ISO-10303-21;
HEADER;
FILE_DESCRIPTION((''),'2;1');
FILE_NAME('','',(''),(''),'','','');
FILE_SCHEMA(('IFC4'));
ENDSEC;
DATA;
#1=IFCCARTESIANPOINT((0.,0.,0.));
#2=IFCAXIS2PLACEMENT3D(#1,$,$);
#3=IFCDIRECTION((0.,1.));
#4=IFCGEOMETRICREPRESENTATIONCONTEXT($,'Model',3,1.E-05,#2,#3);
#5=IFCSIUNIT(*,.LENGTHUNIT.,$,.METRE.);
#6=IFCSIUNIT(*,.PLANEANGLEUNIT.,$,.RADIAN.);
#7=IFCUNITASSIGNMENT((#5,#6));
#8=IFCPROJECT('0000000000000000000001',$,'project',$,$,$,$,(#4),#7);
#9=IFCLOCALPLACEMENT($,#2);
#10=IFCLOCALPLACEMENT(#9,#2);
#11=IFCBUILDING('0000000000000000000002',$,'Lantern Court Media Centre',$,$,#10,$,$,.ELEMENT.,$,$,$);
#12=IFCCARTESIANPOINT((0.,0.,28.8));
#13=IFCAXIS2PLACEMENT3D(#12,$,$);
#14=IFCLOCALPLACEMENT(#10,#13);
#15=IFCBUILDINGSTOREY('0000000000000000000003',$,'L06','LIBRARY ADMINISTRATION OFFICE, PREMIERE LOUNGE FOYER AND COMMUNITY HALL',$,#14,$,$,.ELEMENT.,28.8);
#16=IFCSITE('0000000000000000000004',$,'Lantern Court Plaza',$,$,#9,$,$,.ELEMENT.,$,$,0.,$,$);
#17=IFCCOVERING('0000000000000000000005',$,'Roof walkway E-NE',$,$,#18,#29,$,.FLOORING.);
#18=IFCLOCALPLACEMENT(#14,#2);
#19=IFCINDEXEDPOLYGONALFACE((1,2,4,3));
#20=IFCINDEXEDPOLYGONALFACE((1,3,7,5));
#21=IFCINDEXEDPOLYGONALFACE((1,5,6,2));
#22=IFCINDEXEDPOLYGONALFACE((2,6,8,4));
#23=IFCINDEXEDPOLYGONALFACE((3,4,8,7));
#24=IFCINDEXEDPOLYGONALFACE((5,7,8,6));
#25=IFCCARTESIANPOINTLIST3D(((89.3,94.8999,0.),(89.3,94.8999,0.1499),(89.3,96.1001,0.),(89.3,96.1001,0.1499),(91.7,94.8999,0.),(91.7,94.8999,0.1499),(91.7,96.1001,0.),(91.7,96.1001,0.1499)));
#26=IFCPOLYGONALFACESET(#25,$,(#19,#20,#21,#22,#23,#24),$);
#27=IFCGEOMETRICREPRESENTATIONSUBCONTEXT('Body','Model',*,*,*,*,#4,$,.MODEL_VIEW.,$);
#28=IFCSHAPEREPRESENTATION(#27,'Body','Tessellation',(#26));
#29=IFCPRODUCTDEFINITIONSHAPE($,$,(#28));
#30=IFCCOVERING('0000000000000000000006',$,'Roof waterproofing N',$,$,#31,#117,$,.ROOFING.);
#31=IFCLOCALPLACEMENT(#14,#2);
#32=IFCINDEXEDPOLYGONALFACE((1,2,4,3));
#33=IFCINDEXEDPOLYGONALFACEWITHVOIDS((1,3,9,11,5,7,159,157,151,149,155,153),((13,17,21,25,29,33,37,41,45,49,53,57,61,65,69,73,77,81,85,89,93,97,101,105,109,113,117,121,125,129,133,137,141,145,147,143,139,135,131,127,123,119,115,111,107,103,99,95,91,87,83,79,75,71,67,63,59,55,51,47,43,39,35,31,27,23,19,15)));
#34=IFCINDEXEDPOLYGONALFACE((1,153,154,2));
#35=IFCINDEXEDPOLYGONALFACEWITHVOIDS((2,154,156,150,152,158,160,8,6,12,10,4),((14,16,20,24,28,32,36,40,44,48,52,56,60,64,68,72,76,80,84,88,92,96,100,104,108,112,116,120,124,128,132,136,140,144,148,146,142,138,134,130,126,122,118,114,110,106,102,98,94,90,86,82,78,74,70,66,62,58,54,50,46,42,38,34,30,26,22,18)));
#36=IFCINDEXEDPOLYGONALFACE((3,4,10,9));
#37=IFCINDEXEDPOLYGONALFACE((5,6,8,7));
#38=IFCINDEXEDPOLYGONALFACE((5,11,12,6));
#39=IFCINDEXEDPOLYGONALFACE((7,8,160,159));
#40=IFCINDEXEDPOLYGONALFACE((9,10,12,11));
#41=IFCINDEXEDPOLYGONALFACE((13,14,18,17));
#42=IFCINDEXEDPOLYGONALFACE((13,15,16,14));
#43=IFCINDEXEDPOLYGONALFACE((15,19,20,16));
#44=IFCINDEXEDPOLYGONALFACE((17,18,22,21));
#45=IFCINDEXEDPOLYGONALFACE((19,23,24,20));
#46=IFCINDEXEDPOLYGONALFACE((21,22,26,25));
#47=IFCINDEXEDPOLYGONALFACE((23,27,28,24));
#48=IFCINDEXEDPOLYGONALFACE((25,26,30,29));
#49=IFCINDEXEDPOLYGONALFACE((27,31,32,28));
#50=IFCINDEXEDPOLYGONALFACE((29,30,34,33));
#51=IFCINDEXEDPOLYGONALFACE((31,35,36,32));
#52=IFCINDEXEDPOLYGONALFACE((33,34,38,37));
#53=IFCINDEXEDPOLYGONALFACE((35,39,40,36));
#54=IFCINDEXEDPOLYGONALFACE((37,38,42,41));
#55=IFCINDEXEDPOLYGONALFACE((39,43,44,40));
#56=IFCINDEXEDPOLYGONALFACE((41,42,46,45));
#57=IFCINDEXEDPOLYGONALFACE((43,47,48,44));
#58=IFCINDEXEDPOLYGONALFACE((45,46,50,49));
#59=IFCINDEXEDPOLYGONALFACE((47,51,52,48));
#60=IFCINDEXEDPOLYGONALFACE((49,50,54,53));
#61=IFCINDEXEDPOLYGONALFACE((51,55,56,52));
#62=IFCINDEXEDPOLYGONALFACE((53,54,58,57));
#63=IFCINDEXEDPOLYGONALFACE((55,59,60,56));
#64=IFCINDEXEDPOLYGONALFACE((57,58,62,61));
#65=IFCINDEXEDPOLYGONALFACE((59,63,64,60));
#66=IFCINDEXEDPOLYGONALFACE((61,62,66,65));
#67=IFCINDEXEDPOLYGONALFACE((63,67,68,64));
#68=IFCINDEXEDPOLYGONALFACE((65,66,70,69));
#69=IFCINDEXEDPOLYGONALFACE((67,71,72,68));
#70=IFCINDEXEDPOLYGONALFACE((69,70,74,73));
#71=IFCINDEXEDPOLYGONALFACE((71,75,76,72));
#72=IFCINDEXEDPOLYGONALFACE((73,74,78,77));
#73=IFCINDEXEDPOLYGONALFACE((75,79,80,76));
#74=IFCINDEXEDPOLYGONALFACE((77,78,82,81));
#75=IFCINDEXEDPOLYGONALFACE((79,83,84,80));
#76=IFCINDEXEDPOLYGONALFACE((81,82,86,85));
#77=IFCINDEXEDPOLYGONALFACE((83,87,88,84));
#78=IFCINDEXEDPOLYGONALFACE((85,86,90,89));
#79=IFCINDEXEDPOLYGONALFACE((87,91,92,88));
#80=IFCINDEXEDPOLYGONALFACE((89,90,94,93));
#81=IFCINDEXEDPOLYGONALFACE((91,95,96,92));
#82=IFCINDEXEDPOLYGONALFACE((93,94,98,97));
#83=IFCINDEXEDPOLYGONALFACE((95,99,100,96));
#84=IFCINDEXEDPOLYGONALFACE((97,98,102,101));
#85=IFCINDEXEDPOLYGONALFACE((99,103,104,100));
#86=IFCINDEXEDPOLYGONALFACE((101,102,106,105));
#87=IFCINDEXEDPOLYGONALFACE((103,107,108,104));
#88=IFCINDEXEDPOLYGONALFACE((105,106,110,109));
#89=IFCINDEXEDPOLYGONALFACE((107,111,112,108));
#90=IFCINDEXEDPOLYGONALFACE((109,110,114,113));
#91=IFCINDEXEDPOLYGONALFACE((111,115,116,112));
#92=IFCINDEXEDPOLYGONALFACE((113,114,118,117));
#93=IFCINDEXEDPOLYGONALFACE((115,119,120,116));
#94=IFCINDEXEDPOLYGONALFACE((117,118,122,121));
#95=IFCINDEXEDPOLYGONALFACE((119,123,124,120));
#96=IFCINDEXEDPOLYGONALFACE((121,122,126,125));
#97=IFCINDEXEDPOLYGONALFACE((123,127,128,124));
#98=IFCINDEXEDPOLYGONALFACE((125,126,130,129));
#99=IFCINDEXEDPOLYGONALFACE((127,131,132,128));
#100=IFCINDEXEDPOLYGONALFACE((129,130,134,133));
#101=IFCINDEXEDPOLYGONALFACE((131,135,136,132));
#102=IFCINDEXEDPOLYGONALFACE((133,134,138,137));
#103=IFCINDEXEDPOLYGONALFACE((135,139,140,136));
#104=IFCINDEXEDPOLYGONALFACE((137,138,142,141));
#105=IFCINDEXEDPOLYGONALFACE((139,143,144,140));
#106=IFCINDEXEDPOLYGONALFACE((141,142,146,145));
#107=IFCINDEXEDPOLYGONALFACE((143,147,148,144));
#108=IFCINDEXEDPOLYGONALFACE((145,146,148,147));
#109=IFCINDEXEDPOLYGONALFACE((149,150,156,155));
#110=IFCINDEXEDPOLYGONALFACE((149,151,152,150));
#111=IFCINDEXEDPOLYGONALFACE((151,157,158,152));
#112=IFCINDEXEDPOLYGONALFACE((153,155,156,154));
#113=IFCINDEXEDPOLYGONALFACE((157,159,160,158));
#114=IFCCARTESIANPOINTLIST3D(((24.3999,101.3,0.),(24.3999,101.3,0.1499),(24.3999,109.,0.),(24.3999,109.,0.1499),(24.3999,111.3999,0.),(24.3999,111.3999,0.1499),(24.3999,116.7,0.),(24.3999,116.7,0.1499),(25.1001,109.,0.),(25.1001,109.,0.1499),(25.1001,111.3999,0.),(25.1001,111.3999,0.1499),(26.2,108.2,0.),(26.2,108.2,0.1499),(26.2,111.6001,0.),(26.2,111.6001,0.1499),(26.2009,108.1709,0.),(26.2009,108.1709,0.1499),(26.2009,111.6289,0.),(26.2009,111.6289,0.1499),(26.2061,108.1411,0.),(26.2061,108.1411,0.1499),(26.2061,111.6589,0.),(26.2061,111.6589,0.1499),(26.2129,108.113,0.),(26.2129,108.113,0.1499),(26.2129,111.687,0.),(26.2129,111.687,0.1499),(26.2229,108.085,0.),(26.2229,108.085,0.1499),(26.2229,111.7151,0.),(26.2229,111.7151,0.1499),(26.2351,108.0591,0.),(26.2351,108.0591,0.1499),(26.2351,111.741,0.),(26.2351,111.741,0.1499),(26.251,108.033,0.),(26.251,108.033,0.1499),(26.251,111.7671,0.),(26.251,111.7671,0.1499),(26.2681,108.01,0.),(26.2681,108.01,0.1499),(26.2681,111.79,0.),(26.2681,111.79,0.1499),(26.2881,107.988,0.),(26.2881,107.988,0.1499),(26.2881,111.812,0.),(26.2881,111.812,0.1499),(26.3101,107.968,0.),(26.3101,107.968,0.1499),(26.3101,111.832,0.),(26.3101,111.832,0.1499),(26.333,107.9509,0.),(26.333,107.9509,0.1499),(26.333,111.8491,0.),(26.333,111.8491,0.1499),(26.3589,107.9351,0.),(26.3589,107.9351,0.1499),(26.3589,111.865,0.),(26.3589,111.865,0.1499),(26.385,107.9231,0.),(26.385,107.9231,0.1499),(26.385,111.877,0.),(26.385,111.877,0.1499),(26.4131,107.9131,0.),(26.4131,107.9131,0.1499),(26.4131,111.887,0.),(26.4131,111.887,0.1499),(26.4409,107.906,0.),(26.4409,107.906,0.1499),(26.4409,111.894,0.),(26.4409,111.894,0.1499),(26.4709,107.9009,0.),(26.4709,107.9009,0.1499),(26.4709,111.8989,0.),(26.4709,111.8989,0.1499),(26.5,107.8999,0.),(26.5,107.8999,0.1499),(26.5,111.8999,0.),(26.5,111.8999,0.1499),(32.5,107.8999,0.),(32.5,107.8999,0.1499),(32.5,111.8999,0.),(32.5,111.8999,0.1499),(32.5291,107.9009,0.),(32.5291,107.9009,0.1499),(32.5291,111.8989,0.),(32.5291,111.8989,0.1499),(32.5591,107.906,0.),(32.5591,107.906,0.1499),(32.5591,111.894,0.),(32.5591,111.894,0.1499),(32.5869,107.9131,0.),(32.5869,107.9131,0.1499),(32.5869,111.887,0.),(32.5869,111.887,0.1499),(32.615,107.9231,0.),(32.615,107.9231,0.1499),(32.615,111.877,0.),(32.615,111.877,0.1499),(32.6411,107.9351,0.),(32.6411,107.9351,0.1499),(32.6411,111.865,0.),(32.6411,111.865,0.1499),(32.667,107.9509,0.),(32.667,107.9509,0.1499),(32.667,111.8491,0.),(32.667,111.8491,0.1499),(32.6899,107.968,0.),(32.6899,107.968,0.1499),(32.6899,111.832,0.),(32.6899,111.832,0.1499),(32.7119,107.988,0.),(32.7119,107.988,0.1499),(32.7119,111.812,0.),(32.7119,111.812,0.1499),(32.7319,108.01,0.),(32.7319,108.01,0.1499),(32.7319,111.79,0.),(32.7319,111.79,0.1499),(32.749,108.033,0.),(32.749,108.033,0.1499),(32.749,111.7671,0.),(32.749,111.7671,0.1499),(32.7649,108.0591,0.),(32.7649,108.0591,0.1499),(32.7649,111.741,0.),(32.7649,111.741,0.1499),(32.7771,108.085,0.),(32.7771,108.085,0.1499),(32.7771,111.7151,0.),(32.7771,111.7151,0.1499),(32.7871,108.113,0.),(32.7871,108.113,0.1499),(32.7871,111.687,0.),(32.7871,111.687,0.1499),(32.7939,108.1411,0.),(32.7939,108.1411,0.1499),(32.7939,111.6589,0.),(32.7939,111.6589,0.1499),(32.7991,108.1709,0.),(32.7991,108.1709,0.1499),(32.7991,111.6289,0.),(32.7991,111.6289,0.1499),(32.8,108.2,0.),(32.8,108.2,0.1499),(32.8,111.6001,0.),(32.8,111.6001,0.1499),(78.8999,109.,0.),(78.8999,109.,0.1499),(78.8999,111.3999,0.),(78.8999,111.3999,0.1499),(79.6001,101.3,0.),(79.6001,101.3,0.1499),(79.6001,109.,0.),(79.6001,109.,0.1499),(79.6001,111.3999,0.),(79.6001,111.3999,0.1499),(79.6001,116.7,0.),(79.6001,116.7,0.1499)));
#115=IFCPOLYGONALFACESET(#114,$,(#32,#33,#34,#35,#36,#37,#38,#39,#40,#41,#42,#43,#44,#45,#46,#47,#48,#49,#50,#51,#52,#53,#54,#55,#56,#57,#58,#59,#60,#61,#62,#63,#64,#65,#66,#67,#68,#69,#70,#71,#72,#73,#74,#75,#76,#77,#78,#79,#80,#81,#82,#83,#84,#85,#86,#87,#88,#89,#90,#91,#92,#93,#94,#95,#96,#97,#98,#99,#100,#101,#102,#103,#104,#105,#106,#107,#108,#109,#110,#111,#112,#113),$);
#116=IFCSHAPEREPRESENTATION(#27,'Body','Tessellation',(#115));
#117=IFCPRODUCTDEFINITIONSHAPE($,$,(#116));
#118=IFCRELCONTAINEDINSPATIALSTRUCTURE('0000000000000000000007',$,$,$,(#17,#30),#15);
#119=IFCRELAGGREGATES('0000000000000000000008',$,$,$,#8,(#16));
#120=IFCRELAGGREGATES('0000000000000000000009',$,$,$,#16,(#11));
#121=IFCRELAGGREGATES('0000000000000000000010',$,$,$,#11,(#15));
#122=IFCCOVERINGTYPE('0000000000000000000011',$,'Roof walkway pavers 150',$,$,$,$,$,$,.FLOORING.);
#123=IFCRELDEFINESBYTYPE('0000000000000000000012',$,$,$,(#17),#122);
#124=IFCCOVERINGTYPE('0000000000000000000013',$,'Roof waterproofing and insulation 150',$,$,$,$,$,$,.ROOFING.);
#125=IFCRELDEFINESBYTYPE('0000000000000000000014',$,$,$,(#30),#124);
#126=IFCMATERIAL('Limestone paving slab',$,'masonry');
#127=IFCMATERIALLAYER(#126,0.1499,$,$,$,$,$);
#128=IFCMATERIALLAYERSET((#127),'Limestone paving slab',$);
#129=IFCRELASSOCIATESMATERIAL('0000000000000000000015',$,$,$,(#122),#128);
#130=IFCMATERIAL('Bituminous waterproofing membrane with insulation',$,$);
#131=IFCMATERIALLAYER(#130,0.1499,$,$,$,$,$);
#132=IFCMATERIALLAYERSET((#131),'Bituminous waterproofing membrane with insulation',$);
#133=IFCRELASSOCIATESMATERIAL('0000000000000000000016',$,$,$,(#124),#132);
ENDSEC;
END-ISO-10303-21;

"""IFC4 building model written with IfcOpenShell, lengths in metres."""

from ifc_helpers import new_model, si_unit, direction, frame, origin, place, context, subcontext, project, spatial, polyline, outline, extrude, material, layer, layer_set, type_object, element, save


model = new_model("IFC4")

# Units and contexts
model_context = context("Model", 3, precision=1e-05, world=origin(), true_north=direction((0.0, 1.0)))
body_context = subcontext(model_context, "Body", "Model", "MODEL_VIEW")
ifc_project = project(units=[si_unit("LENGTHUNIT", "METRE"), si_unit("PLANEANGLEUNIT", "RADIAN")], contexts=[model_context])

# Site, building, storey
site_placement = place(None, origin())
site = spatial("IfcSite", under=ifc_project, at=site_placement, Name="Lantern Court Plaza", CompositionType="ELEMENT", RefElevation=0.0)
building_placement = place(site_placement, origin())
building = spatial("IfcBuilding", under=site, at=building_placement, Name="Lantern Court Media Centre", CompositionType="ELEMENT")
storey_placement = place(building_placement, frame((0.0, 0.0, 28.8)))
storey = spatial("IfcBuildingStorey", under=building, at=storey_placement, Name="L06", Description="LIBRARY ADMINISTRATION OFFICE, PREMIERE LOUNGE FOYER AND COMMUNITY HALL", CompositionType="ELEMENT", Elevation=28.8)

# Coverings
ifc_material_1 = material(Name="Limestone paving slab", Category="masonry")
ifc_layer_1 = layer(ifc_material_1, 0.1499)
ifc_layer_set_1 = layer_set([ifc_layer_1], Name="Limestone paving slab")
covering_type_1 = type_object("IfcCoveringType", Name="Roof walkway pavers 150", PredefinedType="FLOORING", material=ifc_layer_set_1)
covering_1_placement = place(storey_placement, origin())
element("IfcCovering", 1, at=covering_1_placement, inside=storey, type_object=covering_type_1, Name="Roof walkway E-NE", PredefinedType="FLOORING", context=body_context, shape_type="SweptSolid", body=[
    extrude(outline(polyline([(89.3, 94.8999), (89.3, 96.1001), (91.7, 96.1001), (91.7, 94.8999), (89.3, 94.8999)])), origin(), (0.0, 0.0, 1.0), 0.1499),
])
ifc_material_2 = material(Name="Bituminous waterproofing membrane with insulation")
ifc_layer_2 = layer(ifc_material_2, 0.1499)
ifc_layer_set_2 = layer_set([ifc_layer_2], Name="Bituminous waterproofing membrane with insulation")
covering_type_2 = type_object("IfcCoveringType", Name="Roof waterproofing and insulation 150", PredefinedType="ROOFING", material=ifc_layer_set_2)
covering_2_placement = place(storey_placement, origin())
element("IfcCovering", 2, at=covering_2_placement, inside=storey, type_object=covering_type_2, Name="Roof waterproofing N", PredefinedType="ROOFING", context=body_context, shape_type="SweptSolid", body=[
    extrude(outline(polyline([(25.1001, 109.0), (25.1001, 111.3999), (24.3999, 111.3999), (24.3999, 116.7), (79.6001, 116.7), (79.6001, 111.3999), (78.8999, 111.3999), (78.8999, 109.0), (79.6001, 109.0), (79.6001, 101.3), (24.3999, 101.3), (24.3999, 109.0), (25.1001, 109.0)]), holes=[polyline([(32.5869, 107.9131), (32.615, 107.9231), (32.6411, 107.9351), (32.667, 107.9509), (32.6899, 107.968), (32.7119, 107.988), (32.7319, 108.01), (32.749, 108.033), (32.7649, 108.0591), (32.7771, 108.085), (32.7871, 108.113), (32.7939, 108.1411), (32.7991, 108.1709), (32.8, 108.2), (32.8, 111.6001), (32.7991, 111.6289), (32.7939, 111.6589), (32.7871, 111.687), (32.7771, 111.7151), (32.7649, 111.741), (32.749, 111.7671), (32.7319, 111.79), (32.7119, 111.812), (32.6899, 111.832), (32.667, 111.8491), (32.6411, 111.865), (32.615, 111.877), (32.5869, 111.887), (32.5591, 111.894), (32.5291, 111.8989), (32.5, 111.8999), (26.5, 111.8999), (26.4709, 111.8989), (26.4409, 111.894), (26.4131, 111.887), (26.385, 111.877), (26.3589, 111.865), (26.333, 111.8491), (26.3101, 111.832), (26.2881, 111.812), (26.2681, 111.79), (26.251, 111.7671), (26.2351, 111.741), (26.2229, 111.7151), (26.2129, 111.687), (26.2061, 111.6589), (26.2009, 111.6289), (26.2, 111.6001), (26.2, 108.2), (26.2009, 108.1709), (26.2061, 108.1411), (26.2129, 108.113), (26.2229, 108.085), (26.2351, 108.0591), (26.251, 108.033), (26.2681, 108.01), (26.2881, 107.988), (26.3101, 107.968), (26.333, 107.9509), (26.3589, 107.9351), (26.385, 107.9231), (26.4131, 107.9131), (26.4409, 107.906), (26.4709, 107.9009), (26.5, 107.8999), (32.5, 107.8999), (32.5291, 107.9009), (32.5591, 107.906), (32.5869, 107.9131)])]), origin(), (0.0, 0.0, 1.0), 0.1499),
])

save(model, "model.ifc")
